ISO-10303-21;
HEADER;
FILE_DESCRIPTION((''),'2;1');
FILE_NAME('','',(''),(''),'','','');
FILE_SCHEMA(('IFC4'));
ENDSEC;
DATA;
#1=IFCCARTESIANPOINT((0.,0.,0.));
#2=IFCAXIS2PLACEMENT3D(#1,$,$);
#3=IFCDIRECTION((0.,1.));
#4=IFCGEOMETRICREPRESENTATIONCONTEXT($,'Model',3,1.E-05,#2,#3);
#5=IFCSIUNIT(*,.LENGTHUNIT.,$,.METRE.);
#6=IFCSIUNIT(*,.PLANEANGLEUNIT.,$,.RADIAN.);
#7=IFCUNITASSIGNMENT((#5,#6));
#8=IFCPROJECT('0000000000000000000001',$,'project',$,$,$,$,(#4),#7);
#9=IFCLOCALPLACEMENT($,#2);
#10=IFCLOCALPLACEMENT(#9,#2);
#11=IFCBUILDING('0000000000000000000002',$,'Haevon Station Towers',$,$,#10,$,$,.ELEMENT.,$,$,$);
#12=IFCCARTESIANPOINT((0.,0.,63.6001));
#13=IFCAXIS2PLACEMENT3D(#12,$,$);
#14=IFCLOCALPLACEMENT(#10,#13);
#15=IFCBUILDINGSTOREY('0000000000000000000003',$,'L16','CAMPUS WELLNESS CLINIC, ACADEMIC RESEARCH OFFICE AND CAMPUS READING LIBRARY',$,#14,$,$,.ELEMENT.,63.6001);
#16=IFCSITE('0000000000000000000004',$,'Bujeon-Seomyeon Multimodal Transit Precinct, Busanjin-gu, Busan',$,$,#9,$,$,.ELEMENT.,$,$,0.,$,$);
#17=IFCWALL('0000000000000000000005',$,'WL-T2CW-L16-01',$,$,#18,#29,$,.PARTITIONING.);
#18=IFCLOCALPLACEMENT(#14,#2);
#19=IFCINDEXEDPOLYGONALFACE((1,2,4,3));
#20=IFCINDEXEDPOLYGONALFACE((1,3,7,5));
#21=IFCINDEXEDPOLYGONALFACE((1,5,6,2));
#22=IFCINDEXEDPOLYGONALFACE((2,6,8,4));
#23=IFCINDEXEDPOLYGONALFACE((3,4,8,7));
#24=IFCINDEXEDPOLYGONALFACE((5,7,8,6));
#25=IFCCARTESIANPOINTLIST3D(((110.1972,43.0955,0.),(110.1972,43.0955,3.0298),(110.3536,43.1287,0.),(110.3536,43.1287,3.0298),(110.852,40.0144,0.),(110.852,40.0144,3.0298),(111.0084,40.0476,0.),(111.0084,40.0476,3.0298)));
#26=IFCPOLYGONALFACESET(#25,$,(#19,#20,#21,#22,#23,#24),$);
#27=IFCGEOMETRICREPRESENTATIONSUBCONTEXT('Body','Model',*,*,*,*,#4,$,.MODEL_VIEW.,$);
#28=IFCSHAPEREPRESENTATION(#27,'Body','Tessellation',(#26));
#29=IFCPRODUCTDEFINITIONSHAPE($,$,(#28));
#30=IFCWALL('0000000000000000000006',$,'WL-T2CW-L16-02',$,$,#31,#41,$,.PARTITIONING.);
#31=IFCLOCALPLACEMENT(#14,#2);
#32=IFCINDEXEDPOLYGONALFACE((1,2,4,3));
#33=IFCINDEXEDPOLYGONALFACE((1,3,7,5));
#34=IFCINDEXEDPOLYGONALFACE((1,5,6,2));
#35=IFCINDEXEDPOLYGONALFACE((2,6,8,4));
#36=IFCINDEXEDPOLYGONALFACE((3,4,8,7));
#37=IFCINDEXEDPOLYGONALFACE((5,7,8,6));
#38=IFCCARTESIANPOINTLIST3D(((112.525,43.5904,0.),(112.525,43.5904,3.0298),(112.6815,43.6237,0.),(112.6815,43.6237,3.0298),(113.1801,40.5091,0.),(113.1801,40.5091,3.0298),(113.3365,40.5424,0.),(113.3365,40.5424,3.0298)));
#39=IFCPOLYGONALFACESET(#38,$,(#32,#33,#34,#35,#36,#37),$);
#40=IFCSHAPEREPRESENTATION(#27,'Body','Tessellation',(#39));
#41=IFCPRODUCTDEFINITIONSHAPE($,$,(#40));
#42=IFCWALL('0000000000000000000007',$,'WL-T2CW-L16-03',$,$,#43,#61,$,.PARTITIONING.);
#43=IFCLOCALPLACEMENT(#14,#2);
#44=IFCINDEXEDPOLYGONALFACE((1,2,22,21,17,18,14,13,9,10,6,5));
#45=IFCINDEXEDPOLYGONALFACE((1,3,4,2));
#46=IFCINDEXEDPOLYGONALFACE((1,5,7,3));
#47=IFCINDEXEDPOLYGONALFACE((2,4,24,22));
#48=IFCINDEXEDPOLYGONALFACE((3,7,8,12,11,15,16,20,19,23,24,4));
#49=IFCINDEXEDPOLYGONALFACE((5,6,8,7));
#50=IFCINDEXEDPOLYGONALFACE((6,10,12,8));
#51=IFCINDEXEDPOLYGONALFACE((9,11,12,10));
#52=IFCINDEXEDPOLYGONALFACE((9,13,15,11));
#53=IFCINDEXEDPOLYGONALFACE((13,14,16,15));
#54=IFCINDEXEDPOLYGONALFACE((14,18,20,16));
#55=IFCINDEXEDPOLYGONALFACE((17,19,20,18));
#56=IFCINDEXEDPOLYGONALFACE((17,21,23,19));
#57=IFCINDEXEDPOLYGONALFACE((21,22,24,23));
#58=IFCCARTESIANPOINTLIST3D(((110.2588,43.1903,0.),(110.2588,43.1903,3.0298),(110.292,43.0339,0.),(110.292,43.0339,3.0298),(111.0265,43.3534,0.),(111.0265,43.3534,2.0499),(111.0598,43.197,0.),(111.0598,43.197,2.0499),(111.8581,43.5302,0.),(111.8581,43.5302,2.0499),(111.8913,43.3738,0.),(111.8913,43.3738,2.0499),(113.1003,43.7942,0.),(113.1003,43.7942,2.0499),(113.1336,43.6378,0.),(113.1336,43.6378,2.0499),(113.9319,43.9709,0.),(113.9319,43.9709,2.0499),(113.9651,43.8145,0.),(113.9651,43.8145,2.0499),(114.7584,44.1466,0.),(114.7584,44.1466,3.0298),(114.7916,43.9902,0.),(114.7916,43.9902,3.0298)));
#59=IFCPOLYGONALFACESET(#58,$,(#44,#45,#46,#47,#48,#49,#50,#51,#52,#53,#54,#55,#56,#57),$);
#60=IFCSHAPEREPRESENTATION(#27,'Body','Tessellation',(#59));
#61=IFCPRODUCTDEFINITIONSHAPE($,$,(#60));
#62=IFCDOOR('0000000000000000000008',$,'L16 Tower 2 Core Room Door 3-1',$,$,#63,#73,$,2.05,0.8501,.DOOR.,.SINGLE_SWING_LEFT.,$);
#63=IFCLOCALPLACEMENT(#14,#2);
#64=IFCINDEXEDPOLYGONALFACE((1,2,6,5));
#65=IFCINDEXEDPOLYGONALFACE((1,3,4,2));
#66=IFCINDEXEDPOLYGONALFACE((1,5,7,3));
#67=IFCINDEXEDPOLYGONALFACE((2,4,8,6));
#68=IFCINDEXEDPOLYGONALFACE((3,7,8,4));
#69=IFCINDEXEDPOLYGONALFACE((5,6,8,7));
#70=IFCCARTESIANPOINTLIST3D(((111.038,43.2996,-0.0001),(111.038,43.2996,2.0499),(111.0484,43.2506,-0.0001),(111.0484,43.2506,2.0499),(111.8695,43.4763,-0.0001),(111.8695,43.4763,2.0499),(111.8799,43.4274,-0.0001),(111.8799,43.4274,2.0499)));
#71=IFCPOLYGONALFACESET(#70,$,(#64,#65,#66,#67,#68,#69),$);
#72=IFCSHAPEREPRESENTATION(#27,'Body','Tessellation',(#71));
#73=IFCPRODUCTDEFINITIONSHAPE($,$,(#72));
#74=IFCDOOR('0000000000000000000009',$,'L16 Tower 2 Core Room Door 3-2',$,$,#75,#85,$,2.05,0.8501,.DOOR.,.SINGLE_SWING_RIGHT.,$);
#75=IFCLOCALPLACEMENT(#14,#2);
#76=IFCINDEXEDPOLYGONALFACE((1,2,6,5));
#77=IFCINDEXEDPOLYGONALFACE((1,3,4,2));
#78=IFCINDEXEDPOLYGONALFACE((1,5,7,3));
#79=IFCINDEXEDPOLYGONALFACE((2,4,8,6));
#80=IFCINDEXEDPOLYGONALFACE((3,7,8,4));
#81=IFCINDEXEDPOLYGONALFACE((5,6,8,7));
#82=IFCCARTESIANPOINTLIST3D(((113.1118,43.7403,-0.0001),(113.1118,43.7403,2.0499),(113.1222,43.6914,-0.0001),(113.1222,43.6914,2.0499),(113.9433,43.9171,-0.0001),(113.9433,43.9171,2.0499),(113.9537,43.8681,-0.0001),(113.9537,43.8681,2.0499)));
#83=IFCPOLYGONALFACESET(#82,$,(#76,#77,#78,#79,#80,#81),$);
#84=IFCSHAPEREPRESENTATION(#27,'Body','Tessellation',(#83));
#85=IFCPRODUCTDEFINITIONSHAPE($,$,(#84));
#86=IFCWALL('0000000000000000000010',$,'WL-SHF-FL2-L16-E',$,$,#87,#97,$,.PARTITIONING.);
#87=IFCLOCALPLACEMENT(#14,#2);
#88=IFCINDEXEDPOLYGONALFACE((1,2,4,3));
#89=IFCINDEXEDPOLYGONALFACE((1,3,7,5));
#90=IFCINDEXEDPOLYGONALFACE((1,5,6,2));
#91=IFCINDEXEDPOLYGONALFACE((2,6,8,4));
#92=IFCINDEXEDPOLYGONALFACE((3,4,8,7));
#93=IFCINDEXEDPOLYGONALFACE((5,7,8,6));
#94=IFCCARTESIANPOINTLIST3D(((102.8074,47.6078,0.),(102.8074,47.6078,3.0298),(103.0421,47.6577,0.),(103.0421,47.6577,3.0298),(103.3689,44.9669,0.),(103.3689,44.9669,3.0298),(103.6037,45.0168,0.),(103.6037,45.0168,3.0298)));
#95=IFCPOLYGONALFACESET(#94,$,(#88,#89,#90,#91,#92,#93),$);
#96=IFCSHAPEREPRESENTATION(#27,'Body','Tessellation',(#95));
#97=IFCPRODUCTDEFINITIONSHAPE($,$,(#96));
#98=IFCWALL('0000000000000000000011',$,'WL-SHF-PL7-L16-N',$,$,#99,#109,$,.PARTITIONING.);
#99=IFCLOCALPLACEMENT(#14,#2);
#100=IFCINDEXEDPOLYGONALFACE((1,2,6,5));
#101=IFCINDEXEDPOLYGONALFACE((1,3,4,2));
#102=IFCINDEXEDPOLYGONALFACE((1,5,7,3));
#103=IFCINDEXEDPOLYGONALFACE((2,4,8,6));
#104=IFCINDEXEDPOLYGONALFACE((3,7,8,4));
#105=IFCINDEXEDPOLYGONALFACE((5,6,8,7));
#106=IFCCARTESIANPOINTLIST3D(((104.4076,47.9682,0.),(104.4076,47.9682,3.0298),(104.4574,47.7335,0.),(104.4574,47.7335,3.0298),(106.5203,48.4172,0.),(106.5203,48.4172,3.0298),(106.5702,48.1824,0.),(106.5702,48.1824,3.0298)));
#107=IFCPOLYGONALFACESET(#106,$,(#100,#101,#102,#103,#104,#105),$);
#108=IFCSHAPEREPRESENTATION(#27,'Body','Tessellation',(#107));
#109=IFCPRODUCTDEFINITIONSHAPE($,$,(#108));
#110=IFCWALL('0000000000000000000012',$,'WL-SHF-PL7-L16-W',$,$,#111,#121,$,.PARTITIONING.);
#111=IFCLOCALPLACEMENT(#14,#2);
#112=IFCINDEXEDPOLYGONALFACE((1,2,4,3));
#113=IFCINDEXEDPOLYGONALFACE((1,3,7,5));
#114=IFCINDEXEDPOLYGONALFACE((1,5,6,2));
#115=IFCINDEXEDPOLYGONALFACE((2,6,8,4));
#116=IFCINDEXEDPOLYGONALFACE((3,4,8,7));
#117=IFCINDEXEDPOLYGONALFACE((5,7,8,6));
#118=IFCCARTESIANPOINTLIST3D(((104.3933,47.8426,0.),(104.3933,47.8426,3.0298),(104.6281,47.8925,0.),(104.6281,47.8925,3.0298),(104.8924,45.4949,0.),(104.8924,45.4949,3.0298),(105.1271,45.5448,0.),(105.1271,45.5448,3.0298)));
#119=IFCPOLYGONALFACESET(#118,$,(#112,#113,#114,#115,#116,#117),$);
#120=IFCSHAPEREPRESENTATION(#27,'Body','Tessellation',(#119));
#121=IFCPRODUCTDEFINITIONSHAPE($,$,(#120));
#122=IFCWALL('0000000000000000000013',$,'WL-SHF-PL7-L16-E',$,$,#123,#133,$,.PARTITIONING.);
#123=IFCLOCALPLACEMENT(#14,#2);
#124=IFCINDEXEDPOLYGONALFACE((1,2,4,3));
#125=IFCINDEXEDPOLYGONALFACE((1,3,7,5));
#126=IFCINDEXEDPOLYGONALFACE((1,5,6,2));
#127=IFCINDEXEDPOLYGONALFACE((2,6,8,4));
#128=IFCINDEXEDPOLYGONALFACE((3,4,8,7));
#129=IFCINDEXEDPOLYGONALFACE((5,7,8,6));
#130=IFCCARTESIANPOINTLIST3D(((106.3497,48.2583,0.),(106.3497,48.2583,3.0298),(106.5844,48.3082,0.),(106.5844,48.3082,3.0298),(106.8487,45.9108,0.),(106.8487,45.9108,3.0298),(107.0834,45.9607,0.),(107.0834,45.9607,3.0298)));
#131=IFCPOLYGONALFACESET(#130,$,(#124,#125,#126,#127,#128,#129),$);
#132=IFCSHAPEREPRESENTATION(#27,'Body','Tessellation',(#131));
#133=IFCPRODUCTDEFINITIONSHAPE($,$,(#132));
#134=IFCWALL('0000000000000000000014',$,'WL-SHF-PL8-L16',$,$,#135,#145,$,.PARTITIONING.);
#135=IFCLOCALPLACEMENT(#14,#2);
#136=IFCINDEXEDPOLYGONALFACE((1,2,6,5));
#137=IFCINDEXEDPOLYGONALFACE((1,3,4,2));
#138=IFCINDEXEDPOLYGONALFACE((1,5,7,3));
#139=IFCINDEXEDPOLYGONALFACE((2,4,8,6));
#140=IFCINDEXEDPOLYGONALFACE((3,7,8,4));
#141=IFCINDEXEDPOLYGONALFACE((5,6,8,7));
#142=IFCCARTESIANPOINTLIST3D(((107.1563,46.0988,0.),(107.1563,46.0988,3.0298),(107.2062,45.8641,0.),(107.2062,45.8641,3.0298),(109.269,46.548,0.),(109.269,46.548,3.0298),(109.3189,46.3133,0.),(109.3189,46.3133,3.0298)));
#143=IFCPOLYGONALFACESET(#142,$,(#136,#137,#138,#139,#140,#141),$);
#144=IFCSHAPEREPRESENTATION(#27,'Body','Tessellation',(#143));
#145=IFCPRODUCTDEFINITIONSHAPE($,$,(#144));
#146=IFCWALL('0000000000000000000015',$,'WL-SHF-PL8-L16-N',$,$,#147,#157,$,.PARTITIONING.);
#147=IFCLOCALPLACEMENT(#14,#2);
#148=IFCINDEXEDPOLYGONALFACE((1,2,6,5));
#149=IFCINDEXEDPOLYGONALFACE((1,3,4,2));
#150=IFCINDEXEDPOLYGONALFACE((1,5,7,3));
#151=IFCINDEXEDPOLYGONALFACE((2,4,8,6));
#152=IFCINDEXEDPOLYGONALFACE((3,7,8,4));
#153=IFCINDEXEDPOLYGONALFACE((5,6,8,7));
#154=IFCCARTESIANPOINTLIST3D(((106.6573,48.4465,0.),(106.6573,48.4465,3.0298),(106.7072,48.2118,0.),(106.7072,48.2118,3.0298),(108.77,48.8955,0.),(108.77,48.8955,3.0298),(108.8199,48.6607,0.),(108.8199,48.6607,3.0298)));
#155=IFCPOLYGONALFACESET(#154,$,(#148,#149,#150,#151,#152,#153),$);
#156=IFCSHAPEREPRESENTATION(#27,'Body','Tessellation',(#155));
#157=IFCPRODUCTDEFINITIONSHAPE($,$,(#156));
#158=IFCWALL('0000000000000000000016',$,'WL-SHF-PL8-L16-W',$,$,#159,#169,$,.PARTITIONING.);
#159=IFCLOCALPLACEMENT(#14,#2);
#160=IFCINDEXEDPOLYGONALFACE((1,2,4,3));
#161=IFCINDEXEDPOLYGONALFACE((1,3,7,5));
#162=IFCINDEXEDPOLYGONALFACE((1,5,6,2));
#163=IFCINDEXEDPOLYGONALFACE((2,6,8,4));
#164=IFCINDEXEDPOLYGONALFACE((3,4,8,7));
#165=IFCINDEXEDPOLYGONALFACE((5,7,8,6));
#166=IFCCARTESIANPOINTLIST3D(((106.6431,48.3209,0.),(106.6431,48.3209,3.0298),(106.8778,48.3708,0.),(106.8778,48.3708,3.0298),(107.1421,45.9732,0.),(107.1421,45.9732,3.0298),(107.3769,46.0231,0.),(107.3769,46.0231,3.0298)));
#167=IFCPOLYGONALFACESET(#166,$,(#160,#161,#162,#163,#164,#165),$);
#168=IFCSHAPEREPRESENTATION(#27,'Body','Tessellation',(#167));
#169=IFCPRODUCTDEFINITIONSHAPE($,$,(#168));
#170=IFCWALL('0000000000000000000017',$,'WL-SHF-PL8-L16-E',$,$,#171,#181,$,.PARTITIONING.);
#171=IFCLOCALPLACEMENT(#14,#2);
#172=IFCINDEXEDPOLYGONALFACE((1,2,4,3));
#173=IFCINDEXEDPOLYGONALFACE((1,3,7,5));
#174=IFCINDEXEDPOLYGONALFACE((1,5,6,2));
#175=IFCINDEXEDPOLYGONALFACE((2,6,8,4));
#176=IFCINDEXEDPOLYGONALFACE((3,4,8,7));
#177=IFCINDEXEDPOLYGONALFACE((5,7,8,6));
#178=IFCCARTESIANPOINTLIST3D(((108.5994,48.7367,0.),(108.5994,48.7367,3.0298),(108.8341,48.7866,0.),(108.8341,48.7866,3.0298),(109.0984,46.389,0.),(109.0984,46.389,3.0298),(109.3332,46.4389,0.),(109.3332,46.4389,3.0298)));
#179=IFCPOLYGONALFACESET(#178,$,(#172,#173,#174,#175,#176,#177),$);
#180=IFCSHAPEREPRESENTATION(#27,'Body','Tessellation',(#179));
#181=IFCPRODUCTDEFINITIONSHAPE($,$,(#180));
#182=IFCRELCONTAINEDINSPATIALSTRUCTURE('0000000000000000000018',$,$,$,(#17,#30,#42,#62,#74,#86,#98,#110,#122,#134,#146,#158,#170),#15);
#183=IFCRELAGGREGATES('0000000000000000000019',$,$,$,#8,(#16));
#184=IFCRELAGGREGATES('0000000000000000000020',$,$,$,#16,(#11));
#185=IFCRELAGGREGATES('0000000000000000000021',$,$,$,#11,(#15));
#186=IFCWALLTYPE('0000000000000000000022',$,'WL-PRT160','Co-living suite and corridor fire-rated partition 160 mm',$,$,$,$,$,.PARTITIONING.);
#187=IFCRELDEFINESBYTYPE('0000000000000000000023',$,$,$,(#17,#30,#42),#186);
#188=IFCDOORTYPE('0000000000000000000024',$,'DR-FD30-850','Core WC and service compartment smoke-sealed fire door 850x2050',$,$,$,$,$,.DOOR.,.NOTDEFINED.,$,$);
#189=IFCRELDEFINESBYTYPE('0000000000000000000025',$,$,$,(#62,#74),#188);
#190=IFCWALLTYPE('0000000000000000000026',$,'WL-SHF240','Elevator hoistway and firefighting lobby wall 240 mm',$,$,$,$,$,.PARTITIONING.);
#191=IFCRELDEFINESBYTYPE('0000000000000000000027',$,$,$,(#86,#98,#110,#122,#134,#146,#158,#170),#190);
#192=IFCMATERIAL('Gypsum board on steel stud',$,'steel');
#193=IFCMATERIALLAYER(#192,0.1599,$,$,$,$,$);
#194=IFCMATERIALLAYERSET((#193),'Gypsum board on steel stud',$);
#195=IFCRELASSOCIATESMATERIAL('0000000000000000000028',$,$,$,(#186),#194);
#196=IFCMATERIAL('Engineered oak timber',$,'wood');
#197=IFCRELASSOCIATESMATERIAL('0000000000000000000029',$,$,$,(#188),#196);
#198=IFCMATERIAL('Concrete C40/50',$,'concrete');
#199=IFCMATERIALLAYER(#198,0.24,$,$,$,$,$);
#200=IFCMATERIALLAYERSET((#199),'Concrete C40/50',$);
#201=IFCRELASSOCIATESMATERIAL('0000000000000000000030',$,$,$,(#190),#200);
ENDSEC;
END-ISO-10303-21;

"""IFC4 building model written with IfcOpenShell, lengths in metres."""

from ifc_helpers import new_model, si_unit, direction, frame, frame_2d, origin, place, context, subcontext, project, spatial, rectangle, extrude, material, layer, layer_set, type_object, element, fill, save


model = new_model("IFC4")

# Units and contexts
model_context = context("Model", 3, precision=1e-05, world=origin(), true_north=direction((0.0, 1.0)))
body_context = subcontext(model_context, "Body", "Model", "MODEL_VIEW")
ifc_project = project(units=[si_unit("LENGTHUNIT", "METRE"), si_unit("PLANEANGLEUNIT", "RADIAN")], contexts=[model_context])

# Site, building, storey
site_placement = place(None, origin())
site = spatial("IfcSite", under=ifc_project, at=site_placement, Name="Bujeon-Seomyeon Multimodal Transit Precinct, Busanjin-gu, Busan", CompositionType="ELEMENT", RefElevation=0.0)
building_placement = place(site_placement, origin())
building = spatial("IfcBuilding", under=site, at=building_placement, Name="Haevon Station Towers", CompositionType="ELEMENT")
storey_placement = place(building_placement, frame((0.0, 0.0, 63.6001)))
storey = spatial("IfcBuildingStorey", under=building, at=storey_placement, Name="L16", Description="CAMPUS WELLNESS CLINIC, ACADEMIC RESEARCH OFFICE AND CAMPUS READING LIBRARY", CompositionType="ELEMENT", Elevation=63.6001)

# Shared definitions
ifc_material_1 = material(Name="Gypsum board on steel stud", Category="steel")
ifc_material_2 = material(Name="Engineered oak timber", Category="wood")

# Walls
ifc_layer_1 = layer(ifc_material_1, 0.1599)
ifc_layer_set_1 = layer_set([ifc_layer_1], Name="Gypsum board on steel stud")
wall_type_1 = type_object("IfcWallType", Name="WL-PRT160", Description="Co-living suite and corridor fire-rated partition 160 mm", PredefinedType="PARTITIONING", material=ifc_layer_set_1)
wall_1_placement = place(storey_placement, frame((110.9302, 40.031, 0.0), z_axis=(0.0, 0.0, 1.0), x_axis=(-0.207877, 0.978155, 0.0)))
element("IfcWall", 1, at=wall_1_placement, inside=storey, type_object=wall_type_1, Name="WL-T2CW-L16-01", PredefinedType="PARTITIONING", context=body_context, shape_type="SweptSolid", body=[
    extrude(rectangle(XDim=3.1499, YDim=0.1599, at=frame_2d((1.575, 0.0))), origin(), (0.0, 0.0, 1.0), 3.0298),
])
wall_2_placement = place(storey_placement, frame((113.2583, 40.5256, 0.0), z_axis=(0.0, 0.0, 1.0), x_axis=(-0.207936, 0.978142, 0.0)))
element("IfcWall", 2, at=wall_2_placement, inside=storey, type_object=wall_type_1, Name="WL-T2CW-L16-02", PredefinedType="PARTITIONING", context=body_context, shape_type="SweptSolid", body=[
    extrude(rectangle(XDim=3.1501, YDim=0.1599, at=frame_2d((1.5752, 0.0))), origin(), (0.0, 0.0, 1.0), 3.0298),
])

# Wall, openings, doors
wall_3_placement = place(storey_placement, frame((110.2754, 43.1121, 0.0), z_axis=(0.0, 0.0, 1.0), x_axis=(0.978152, 0.20789, 0.0)))
wall_3 = element("IfcWall", 3, at=wall_3_placement, inside=storey, type_object=wall_type_1, Name="WL-T2CW-L16-03", PredefinedType="PARTITIONING", context=body_context, shape_type="SweptSolid", body=[
    extrude(rectangle(XDim=4.6001, YDim=0.1599, at=frame_2d((2.3, 0.0))), origin(), (0.0, 0.0, 1.0), 3.0298),
])
opening_1_placement = place(wall_3_placement, frame((0.7849, 0.0, 0.0)))
opening_1 = element("IfcOpeningElement", 4, at=opening_1_placement, cuts=wall_3, PredefinedType="OPENING", context=body_context, shape_type="SweptSolid", body=[
    extrude(rectangle(XDim=0.8501, YDim=2.05, at=frame_2d((0.425, 1.0249))), frame((0.0, 0.0898, 0.0), z_axis=(0.0, -1.0, 0.0), x_axis=(1.0, 0.0, 0.0)), (0.0, 0.0, 1.0), 0.1799),
])
opening_2_placement = place(wall_3_placement, frame((2.905, 0.0, 0.0)))
opening_2 = element("IfcOpeningElement", 5, at=opening_2_placement, cuts=wall_3, PredefinedType="OPENING", context=body_context, shape_type="SweptSolid", body=[
    extrude(rectangle(XDim=0.8501, YDim=2.05, at=frame_2d((0.425, 1.0249))), frame((0.0, 0.0898, 0.0), z_axis=(0.0, -1.0, 0.0), x_axis=(1.0, 0.0, 0.0)), (0.0, 0.0, 1.0), 0.1799),
])
door_type_1 = type_object("IfcDoorType", Name="DR-FD30-850", Description="Core WC and service compartment smoke-sealed fire door 850x2050", OperationType="NOTDEFINED", PredefinedType="DOOR", material=ifc_material_2)
door_1_placement = place(opening_1_placement, origin())
door_1 = element("IfcDoor", 6, at=door_1_placement, inside=storey, type_object=door_type_1, Name="L16 Tower 2 Core Room Door 3-1", OperationType="SINGLE_SWING_LEFT", OverallHeight=2.05, OverallWidth=0.8501, PredefinedType="DOOR", context=body_context, shape_type="SweptSolid", body=[
    extrude(rectangle(XDim=0.8501, YDim=2.05, at=frame_2d((0.425, 1.0249))), frame((0.0, 0.0249, 0.0), z_axis=(0.0, -1.0, 0.0), x_axis=(1.0, 0.0, 0.0)), (0.0, 0.0, 1.0), 0.05),
])
fill(opening_1, door_1)
door_2_placement = place(opening_2_placement, origin())
door_2 = element("IfcDoor", 7, at=door_2_placement, inside=storey, type_object=door_type_1, Name="L16 Tower 2 Core Room Door 3-2", OperationType="SINGLE_SWING_RIGHT", OverallHeight=2.05, OverallWidth=0.8501, PredefinedType="DOOR", context=body_context, shape_type="SweptSolid", body=[
    extrude(rectangle(XDim=0.8501, YDim=2.05, at=frame_2d((0.425, 1.0249))), frame((0.0, 0.0249, 0.0), z_axis=(0.0, -1.0, 0.0), x_axis=(1.0, 0.0, 0.0)), (0.0, 0.0, 1.0), 0.05),
])
fill(opening_2, door_2)

# Wall
ifc_material_3 = material(Name="Concrete C40/50", Category="concrete")
ifc_layer_2 = layer(ifc_material_3, 0.24)
ifc_layer_set_2 = layer_set([ifc_layer_2], Name="Concrete C40/50")
wall_type_2 = type_object("IfcWallType", Name="WL-SHF240", Description="Elevator hoistway and firefighting lobby wall 240 mm", PredefinedType="PARTITIONING", material=ifc_layer_set_2)
wall_4_placement = place(storey_placement, frame((103.4863, 44.9917, 0.0), z_axis=(0.0, 0.0, 1.0), x_axis=(-0.207979, 0.978133, 0.0)))
element("IfcWall", 8, at=wall_4_placement, inside=storey, type_object=wall_type_2, Name="WL-SHF-FL2-L16-E", PredefinedType="PARTITIONING", context=body_context, shape_type="SweptSolid", body=[
    extrude(rectangle(XDim=2.7, YDim=0.24, at=frame_2d((1.3501, 0.0))), origin(), (0.0, 0.0, 1.0), 3.0298),
])

# Walls
wall_5_placement = place(storey_placement, frame((104.4324, 47.8508, 0.0), z_axis=(0.0, 0.0, 1.0), x_axis=(0.978158, 0.207861, 0.0)))
element("IfcWall", 9, at=wall_5_placement, inside=storey, type_object=wall_type_2, Name="WL-SHF-PL7-L16-N", PredefinedType="PARTITIONING", context=body_context, shape_type="SweptSolid", body=[
    extrude(rectangle(XDim=2.1599, YDim=0.24, at=frame_2d((1.0801, 0.0))), origin(), (0.0, 0.0, 1.0), 3.0298),
])
wall_6_placement = place(storey_placement, frame((105.0098, 45.5198, 0.0), z_axis=(0.0, 0.0, 1.0), x_axis=(-0.207917, 0.978146, 0.0)))
element("IfcWall", 10, at=wall_6_placement, inside=storey, type_object=wall_type_2, Name="WL-SHF-PL7-L16-W", PredefinedType="PARTITIONING", context=body_context, shape_type="SweptSolid", body=[
    extrude(rectangle(XDim=2.4001, YDim=0.24, at=frame_2d((1.2002, 0.0))), origin(), (0.0, 0.0, 1.0), 3.0298),
])
wall_7_placement = place(storey_placement, frame((106.9661, 45.9358, 0.0), z_axis=(0.0, 0.0, 1.0), x_axis=(-0.207938, 0.978142, 0.0)))
element("IfcWall", 11, at=wall_7_placement, inside=storey, type_object=wall_type_2, Name="WL-SHF-PL7-L16-E", PredefinedType="PARTITIONING", context=body_context, shape_type="SweptSolid", body=[
    extrude(rectangle(XDim=2.3999, YDim=0.24, at=frame_2d((1.2, 0.0))), origin(), (0.0, 0.0, 1.0), 3.0298),
])
for number, where, z_axis, x_axis, name in (
    (12, (107.1812, 45.9814, 0.0), (0.0, 0.0, 1.0), (0.978135, 0.20797, 0.0), "WL-SHF-PL8-L16"),
    (13, (106.6821, 48.3291, 0.0), (0.0, 0.0, 1.0), (0.978158, 0.207861, 0.0), "WL-SHF-PL8-L16-N"),
):
    element("IfcWall", number, at=place(storey_placement, frame(where, z_axis=z_axis, x_axis=x_axis)), inside=storey, type_object=wall_type_2, Name=name, PredefinedType="PARTITIONING", context=body_context, shape_type="SweptSolid", body=[
        extrude(rectangle(XDim=2.1599, YDim=0.24, at=frame_2d((1.0801, 0.0))), origin(), (0.0, 0.0, 1.0), 3.0298),
    ])
for number, where, z_axis, x_axis, name in (
    (14, (107.2595, 45.998, 0.0), (0.0, 0.0, 1.0), (-0.207917, 0.978146, 0.0), "WL-SHF-PL8-L16-W"),
    (15, (109.2158, 46.4138, 0.0), (0.0, 0.0, 1.0), (-0.207917, 0.978146, 0.0), "WL-SHF-PL8-L16-E"),
):
    element("IfcWall", number, at=place(storey_placement, frame(where, z_axis=z_axis, x_axis=x_axis)), inside=storey, type_object=wall_type_2, Name=name, PredefinedType="PARTITIONING", context=body_context, shape_type="SweptSolid", body=[
        extrude(rectangle(XDim=2.4001, YDim=0.24, at=frame_2d((1.2002, 0.0))), origin(), (0.0, 0.0, 1.0), 3.0298),
    ])

save(model, "model.ifc")
